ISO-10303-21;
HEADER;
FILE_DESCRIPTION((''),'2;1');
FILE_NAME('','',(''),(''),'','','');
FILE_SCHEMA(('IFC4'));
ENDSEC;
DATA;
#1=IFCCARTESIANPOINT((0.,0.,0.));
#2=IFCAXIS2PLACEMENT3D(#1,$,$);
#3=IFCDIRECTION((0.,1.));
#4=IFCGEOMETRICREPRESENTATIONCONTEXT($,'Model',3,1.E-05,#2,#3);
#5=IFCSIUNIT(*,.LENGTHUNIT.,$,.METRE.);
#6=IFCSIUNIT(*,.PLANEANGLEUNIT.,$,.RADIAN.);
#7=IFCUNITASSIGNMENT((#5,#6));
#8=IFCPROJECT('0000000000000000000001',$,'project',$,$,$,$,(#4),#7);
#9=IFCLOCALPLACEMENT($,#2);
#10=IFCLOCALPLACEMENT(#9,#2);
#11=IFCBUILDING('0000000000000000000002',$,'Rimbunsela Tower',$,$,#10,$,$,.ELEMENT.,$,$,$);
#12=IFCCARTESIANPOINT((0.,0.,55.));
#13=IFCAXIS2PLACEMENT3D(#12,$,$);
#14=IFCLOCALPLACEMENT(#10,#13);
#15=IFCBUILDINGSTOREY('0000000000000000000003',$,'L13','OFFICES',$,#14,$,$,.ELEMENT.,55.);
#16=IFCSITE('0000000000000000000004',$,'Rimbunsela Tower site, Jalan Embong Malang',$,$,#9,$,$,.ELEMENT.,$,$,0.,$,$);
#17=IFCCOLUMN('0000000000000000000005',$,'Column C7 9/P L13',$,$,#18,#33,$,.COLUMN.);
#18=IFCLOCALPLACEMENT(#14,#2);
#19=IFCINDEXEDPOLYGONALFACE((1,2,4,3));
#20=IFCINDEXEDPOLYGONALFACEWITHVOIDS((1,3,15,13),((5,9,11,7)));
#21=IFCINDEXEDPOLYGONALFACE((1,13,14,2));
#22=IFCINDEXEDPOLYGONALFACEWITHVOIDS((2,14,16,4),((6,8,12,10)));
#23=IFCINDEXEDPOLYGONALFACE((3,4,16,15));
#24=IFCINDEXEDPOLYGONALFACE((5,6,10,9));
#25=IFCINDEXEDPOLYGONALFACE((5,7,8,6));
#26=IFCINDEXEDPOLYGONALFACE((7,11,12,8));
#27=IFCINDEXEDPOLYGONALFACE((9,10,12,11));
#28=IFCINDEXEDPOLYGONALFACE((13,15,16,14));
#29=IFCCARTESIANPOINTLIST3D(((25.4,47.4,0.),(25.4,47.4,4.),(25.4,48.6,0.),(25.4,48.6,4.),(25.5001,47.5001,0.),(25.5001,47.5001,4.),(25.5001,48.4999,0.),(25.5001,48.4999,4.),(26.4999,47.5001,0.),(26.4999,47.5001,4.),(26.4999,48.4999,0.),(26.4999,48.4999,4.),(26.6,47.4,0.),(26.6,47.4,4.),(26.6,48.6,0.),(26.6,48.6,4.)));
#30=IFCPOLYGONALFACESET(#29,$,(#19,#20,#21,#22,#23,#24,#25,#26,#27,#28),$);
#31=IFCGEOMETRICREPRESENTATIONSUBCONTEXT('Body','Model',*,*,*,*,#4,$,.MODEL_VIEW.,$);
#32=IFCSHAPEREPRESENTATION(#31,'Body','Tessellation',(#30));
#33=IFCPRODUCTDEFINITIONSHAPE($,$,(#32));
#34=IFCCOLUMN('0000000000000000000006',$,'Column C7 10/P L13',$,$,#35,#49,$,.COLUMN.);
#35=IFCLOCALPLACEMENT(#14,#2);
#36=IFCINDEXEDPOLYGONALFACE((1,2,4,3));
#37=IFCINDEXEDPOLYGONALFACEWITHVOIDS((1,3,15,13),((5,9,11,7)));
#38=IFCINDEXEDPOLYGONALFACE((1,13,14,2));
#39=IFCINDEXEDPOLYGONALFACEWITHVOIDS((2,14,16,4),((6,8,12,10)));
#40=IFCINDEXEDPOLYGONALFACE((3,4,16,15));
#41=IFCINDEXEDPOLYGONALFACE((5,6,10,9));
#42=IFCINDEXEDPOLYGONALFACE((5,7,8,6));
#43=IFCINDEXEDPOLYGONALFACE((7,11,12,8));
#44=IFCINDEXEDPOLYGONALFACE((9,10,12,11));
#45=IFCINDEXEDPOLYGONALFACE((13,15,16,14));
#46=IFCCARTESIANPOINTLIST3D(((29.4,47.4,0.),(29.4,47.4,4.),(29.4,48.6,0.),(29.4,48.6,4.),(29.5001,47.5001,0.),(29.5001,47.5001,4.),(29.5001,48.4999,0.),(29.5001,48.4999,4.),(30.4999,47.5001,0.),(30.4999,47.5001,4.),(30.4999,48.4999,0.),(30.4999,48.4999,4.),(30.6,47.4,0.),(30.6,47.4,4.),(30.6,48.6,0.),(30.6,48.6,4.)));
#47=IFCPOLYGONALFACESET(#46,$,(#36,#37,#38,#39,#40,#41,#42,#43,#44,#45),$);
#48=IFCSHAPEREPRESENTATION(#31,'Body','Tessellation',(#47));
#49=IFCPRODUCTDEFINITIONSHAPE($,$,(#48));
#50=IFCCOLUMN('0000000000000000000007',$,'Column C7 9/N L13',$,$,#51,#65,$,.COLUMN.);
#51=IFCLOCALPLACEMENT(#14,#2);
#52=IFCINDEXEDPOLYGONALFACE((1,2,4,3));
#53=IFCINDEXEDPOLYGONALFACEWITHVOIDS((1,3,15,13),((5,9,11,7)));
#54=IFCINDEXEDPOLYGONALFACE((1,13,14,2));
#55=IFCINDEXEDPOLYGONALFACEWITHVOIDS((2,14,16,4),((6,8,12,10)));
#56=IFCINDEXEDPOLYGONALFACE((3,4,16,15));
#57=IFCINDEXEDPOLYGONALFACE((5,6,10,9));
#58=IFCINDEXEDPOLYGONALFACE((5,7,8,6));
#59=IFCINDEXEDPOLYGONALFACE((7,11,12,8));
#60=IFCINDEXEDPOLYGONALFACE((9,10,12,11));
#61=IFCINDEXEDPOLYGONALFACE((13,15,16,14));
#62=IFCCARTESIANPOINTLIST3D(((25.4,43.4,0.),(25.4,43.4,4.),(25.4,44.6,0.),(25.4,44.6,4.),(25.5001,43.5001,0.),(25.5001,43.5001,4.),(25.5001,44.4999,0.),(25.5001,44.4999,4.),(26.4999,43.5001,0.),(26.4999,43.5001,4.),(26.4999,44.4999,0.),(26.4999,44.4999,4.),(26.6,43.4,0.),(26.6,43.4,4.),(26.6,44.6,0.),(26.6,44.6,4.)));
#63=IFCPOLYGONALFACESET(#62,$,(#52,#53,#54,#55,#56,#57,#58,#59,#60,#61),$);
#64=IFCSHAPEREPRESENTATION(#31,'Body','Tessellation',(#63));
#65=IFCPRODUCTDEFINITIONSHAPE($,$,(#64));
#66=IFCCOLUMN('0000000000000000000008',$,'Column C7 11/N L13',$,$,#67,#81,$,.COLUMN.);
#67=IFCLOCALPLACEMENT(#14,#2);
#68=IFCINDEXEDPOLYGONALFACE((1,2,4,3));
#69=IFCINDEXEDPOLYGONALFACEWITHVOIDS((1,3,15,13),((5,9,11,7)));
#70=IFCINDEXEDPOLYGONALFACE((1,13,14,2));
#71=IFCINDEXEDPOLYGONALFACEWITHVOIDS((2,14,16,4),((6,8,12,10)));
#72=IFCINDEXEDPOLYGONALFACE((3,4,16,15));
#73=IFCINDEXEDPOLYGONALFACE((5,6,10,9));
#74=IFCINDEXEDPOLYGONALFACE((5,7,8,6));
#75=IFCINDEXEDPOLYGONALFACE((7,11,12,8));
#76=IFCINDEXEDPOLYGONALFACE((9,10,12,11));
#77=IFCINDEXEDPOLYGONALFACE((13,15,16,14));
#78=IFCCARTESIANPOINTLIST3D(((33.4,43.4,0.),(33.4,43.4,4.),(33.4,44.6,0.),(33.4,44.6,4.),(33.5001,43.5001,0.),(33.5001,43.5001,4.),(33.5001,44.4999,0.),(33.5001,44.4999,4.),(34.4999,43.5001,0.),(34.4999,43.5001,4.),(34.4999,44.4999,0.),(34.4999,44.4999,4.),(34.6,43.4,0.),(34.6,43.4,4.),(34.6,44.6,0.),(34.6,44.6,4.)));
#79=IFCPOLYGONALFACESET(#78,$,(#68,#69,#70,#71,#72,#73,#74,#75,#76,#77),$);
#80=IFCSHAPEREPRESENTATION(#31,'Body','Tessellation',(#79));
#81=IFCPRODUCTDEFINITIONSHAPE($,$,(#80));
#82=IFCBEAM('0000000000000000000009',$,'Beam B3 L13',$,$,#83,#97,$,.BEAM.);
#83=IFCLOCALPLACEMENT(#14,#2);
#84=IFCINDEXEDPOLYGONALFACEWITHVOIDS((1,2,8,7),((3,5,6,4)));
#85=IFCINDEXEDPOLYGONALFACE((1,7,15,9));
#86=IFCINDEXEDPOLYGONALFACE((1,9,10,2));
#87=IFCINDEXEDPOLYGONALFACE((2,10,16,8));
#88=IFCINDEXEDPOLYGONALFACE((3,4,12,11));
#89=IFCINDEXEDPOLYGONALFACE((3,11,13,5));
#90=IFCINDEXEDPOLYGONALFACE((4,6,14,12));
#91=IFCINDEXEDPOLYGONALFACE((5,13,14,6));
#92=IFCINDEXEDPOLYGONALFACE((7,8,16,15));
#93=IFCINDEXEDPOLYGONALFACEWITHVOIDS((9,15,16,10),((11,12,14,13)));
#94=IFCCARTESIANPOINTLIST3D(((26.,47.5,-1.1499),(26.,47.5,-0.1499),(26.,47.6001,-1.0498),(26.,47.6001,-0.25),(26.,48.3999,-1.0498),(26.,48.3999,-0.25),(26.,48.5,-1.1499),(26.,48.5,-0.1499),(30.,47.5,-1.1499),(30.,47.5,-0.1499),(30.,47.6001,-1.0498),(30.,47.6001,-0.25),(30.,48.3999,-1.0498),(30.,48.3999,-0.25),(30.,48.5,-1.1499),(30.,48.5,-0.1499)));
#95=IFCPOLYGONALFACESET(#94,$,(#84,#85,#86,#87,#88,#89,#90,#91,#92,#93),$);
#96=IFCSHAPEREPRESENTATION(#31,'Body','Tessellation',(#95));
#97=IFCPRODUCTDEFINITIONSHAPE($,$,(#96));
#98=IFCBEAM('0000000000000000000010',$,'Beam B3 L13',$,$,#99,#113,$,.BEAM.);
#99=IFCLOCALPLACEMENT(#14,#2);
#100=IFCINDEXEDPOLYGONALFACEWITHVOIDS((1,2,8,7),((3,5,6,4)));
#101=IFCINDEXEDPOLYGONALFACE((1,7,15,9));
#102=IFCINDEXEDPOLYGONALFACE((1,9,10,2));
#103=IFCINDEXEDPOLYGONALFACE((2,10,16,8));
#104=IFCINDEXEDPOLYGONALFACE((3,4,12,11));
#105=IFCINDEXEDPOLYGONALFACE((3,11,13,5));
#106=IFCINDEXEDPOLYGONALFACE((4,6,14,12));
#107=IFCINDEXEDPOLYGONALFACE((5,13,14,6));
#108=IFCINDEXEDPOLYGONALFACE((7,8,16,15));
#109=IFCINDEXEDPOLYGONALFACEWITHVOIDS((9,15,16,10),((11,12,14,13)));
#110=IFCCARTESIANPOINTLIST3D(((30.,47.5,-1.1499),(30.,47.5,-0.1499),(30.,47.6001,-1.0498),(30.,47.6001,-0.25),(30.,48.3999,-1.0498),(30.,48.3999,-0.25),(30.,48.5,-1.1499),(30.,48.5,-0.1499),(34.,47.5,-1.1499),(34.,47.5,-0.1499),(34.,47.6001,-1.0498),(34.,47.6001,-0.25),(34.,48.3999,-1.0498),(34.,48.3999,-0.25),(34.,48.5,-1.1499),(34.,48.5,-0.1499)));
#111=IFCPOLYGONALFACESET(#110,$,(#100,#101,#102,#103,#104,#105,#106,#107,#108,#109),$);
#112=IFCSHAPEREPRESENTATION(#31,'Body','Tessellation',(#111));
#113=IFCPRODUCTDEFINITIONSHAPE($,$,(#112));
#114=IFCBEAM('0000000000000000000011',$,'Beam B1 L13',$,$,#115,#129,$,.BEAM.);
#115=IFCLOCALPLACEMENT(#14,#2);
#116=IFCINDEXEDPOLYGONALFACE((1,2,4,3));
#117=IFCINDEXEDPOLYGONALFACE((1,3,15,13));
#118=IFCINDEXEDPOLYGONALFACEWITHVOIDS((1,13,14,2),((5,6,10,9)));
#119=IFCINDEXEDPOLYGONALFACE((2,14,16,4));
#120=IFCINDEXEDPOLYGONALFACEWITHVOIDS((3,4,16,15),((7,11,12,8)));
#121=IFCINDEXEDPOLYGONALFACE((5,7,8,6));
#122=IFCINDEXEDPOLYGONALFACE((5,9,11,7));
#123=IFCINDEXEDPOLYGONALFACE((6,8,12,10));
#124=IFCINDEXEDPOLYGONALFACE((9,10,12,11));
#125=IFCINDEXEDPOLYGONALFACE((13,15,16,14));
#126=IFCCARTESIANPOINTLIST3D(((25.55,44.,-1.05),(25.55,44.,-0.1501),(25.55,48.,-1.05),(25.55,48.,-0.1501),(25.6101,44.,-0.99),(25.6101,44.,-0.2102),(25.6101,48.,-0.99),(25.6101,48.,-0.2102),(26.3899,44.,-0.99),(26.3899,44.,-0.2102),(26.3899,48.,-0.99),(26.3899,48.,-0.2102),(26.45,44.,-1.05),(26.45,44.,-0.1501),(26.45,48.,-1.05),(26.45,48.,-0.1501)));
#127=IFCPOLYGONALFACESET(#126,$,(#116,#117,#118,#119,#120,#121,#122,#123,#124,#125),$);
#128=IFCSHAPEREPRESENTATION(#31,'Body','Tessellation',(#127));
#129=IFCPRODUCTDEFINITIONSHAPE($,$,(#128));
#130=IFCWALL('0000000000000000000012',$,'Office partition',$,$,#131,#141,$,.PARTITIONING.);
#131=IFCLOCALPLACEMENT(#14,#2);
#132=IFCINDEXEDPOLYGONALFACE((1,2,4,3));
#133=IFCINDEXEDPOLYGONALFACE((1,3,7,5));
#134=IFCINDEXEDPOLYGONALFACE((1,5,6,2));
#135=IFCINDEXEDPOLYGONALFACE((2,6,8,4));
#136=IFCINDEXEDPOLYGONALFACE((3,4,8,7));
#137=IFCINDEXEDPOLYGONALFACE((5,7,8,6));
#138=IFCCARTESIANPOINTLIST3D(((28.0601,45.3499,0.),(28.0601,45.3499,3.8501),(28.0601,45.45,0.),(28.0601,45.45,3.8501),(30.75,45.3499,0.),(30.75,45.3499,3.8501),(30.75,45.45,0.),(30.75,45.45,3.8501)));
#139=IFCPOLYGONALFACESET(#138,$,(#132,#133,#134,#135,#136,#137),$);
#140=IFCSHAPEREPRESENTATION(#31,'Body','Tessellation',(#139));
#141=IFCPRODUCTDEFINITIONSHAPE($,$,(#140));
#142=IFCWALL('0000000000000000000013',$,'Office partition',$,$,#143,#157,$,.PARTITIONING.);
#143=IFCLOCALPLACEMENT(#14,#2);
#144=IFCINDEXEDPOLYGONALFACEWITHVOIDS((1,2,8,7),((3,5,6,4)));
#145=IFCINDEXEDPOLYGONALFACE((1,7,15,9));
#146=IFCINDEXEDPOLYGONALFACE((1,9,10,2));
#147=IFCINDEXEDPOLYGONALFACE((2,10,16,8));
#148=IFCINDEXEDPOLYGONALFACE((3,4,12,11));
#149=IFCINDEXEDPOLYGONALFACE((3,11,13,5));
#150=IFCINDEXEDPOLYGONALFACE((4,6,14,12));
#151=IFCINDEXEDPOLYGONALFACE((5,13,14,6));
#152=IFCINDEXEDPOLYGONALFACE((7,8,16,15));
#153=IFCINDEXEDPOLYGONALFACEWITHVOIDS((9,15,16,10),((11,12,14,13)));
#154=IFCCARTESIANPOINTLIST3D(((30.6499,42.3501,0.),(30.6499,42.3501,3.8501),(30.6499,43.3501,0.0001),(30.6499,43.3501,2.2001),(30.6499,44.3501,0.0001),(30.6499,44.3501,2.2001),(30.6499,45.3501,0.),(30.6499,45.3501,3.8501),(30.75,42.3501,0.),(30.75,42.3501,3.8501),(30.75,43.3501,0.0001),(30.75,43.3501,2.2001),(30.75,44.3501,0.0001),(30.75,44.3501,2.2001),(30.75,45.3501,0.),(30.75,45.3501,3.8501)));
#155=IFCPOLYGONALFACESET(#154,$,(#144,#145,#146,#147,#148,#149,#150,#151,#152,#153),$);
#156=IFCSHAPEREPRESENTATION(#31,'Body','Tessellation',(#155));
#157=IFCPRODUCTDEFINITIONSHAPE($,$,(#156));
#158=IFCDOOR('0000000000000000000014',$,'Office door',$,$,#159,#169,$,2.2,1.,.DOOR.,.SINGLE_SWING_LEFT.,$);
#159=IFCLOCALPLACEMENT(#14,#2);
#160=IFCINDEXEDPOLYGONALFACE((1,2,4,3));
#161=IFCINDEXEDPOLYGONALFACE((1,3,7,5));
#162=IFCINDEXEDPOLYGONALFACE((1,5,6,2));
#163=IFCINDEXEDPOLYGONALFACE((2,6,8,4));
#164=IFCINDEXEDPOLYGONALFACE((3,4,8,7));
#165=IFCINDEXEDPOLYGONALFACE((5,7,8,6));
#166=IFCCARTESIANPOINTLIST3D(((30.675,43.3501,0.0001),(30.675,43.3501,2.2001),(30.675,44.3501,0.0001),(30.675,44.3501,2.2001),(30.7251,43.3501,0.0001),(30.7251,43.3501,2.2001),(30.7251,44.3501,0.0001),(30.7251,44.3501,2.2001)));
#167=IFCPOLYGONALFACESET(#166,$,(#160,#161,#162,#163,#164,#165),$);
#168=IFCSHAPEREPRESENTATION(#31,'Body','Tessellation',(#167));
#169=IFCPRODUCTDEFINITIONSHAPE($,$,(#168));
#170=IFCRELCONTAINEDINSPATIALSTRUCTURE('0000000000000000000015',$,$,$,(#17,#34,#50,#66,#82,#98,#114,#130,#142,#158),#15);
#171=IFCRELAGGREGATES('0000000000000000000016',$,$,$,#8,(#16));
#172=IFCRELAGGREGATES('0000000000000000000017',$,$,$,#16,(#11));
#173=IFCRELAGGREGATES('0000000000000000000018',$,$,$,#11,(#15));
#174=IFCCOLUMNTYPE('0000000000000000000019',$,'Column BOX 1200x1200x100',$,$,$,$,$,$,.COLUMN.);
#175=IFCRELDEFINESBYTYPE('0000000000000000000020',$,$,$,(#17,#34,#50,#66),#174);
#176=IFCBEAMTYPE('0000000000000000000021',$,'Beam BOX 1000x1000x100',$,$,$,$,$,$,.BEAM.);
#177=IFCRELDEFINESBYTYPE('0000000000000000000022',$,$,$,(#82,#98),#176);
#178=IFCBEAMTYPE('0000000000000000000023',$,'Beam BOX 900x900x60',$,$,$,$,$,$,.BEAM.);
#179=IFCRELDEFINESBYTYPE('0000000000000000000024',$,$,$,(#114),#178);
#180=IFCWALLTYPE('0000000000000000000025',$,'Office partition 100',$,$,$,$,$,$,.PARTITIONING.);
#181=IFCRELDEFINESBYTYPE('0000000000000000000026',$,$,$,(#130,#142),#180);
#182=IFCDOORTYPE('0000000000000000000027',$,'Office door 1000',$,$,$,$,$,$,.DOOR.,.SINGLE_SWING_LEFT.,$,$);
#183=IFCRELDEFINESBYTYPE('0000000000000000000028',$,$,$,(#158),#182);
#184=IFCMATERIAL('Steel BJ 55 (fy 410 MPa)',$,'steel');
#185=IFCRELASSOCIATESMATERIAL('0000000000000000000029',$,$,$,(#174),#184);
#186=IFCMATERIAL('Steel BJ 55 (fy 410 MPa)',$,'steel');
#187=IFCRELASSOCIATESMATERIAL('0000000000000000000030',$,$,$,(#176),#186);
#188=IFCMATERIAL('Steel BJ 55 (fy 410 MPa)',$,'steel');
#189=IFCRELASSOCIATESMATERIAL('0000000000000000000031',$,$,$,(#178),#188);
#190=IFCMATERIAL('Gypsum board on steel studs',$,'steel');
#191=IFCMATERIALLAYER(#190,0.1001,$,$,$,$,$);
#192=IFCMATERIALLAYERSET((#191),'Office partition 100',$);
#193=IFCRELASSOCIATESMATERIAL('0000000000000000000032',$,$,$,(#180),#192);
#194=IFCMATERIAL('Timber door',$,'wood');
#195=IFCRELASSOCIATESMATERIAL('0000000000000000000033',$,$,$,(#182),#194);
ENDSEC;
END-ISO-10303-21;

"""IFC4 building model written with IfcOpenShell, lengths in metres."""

from ifc_helpers import new_model, si_unit, direction, frame, frame_2d, origin, origin_2d, place, context, subcontext, project, spatial, rectangle, hollow_rectangle, extrude, material, layer, layer_set, material_profile, profile_set, type_object, element, fill, save


model = new_model("IFC4")

# Units and contexts
model_context = context("Model", 3, precision=1e-05, world=origin(), true_north=direction((0.0, 1.0)))
body_context = subcontext(model_context, "Body", "Model", "MODEL_VIEW")
ifc_project = project(units=[si_unit("LENGTHUNIT", "METRE"), si_unit("PLANEANGLEUNIT", "RADIAN")], contexts=[model_context])

# Site, building, storey
site_placement = place(None, origin())
site = spatial("IfcSite", under=ifc_project, at=site_placement, Name="Rimbunsela Tower site, Jalan Embong Malang", CompositionType="ELEMENT", RefElevation=0.0)
building_placement = place(site_placement, origin())
building = spatial("IfcBuilding", under=site, at=building_placement, Name="Rimbunsela Tower", CompositionType="ELEMENT")
storey_placement = place(building_placement, frame((0.0, 0.0, 55.0)))
storey = spatial("IfcBuildingStorey", under=building, at=storey_placement, Name="L13", Description="OFFICES", CompositionType="ELEMENT", Elevation=55.0)

# Columns
ifc_material_1 = material(Name="Steel BJ 55 (fy 410 MPa)", Category="steel")
ifc_material_profile_1 = material_profile(ifc_material_1, hollow_rectangle(XDim=1.2, YDim=1.2, WallThickness=0.1001, at=origin_2d()), Name="BOX 1200x1200x100")
ifc_profile_set_1 = profile_set([ifc_material_profile_1], Name="Steel BJ 55 (fy 410 MPa)")
column_type = type_object("IfcColumnType", Name="Column BOX 1200x1200x100", PredefinedType="COLUMN", material=ifc_profile_set_1)
for number, where, z_axis, x_axis, name in (
    (1, (26.0, 48.0, 0.0), (0.0, 0.0, 1.0), (1.0, 0.0, 0.0), "Column C7 9/P L13"),
    (2, (30.0, 48.0, 0.0), (0.0, 0.0, 1.0), (1.0, 0.0, 0.0), "Column C7 10/P L13"),
    (3, (26.0, 44.0, 0.0), (0.0, 0.0, 1.0), (1.0, 0.0, 0.0), "Column C7 9/N L13"),
    (4, (34.0, 44.0, 0.0), (0.0, 0.0, 1.0), (1.0, 0.0, 0.0), "Column C7 11/N L13"),
):
    element("IfcColumn", number, at=place(storey_placement, frame(where, z_axis=z_axis, x_axis=x_axis)), inside=storey, type_object=column_type, Name=name, PredefinedType="COLUMN", context=body_context, shape_type="SweptSolid", body=[
        extrude(hollow_rectangle(XDim=1.2, YDim=1.2, WallThickness=0.1001, at=origin_2d()), origin(), (0.0, 0.0, 1.0), 4.0),
    ])

# Beams
ifc_material_2 = material(Name="Steel BJ 55 (fy 410 MPa)", Category="steel")
ifc_material_profile_2 = material_profile(ifc_material_2, hollow_rectangle(XDim=1.0, YDim=1.0, WallThickness=0.1001, at=origin_2d()), Name="BOX 1000x1000x100")
ifc_profile_set_2 = profile_set([ifc_material_profile_2], Name="Steel BJ 55 (fy 410 MPa)")
beam_type_1 = type_object("IfcBeamType", Name="Beam BOX 1000x1000x100", PredefinedType="BEAM", material=ifc_profile_set_2)
for number, where, z_axis, x_axis, name in (
    (5, (26.0, 48.0, -0.6499), (1.0, 0.0, 0.0), (0.0, 1.0, 0.0), "Beam B3 L13"),
    (6, (30.0, 48.0, -0.6499), (1.0, 0.0, 0.0), (0.0, 1.0, 0.0), "Beam B3 L13"),
):
    element("IfcBeam", number, at=place(storey_placement, frame(where, z_axis=z_axis, x_axis=x_axis)), inside=storey, type_object=beam_type_1, Name=name, PredefinedType="BEAM", context=body_context, shape_type="SweptSolid", body=[
        extrude(hollow_rectangle(XDim=1.0, YDim=1.0, WallThickness=0.1001, at=origin_2d()), origin(), (0.0, 0.0, 1.0), 4.0),
    ])
ifc_material_3 = material(Name="Steel BJ 55 (fy 410 MPa)", Category="steel")
ifc_material_profile_3 = material_profile(ifc_material_3, hollow_rectangle(XDim=0.8999, YDim=0.8999, WallThickness=0.0601, at=origin_2d()), Name="BOX 900x900x60")
ifc_profile_set_3 = profile_set([ifc_material_profile_3], Name="Steel BJ 55 (fy 410 MPa)")
beam_type_2 = type_object("IfcBeamType", Name="Beam BOX 900x900x60", PredefinedType="BEAM", material=ifc_profile_set_3)
beam_placement = place(storey_placement, frame((26.0, 44.0, -0.6001), z_axis=(0.0, 1.0, 0.0), x_axis=(-1.0, 0.0, 0.0)))
element("IfcBeam", 7, at=beam_placement, inside=storey, type_object=beam_type_2, Name="Beam B1 L13", PredefinedType="BEAM", context=body_context, shape_type="SweptSolid", body=[
    extrude(hollow_rectangle(XDim=0.8999, YDim=0.8999, WallThickness=0.0601, at=origin_2d()), origin(), (0.0, 0.0, 1.0), 4.0),
])

# Wall
ifc_material_4 = material(Name="Gypsum board on steel studs", Category="steel")
ifc_layer_1 = layer(ifc_material_4, 0.1001)
ifc_layer_set_1 = layer_set([ifc_layer_1], Name="Office partition 100")
wall_type_1 = type_object("IfcWallType", Name="Office partition 100", PredefinedType="PARTITIONING", material=ifc_layer_set_1)
wall_1_placement = place(storey_placement, frame((28.0601, 45.3999, 0.0), z_axis=(0.0, 0.0, 1.0), x_axis=(1.0, 0.0, 0.0)))
element("IfcWall", 8, at=wall_1_placement, inside=storey, type_object=wall_type_1, Name="Office partition", PredefinedType="PARTITIONING", context=body_context, shape_type="SweptSolid", body=[
    extrude(rectangle(XDim=2.6899, YDim=0.1001, at=frame_2d((1.345, 0.0))), origin(), (0.0, 0.0, 1.0), 3.8501),
])

# Wall, opening, door
wall_2_placement = place(storey_placement, frame((30.7, 42.3501, 0.0), z_axis=(0.0, 0.0, 1.0), x_axis=(0.0, 1.0, 0.0)))
wall_2 = element("IfcWall", 9, at=wall_2_placement, inside=storey, type_object=wall_type_1, Name="Office partition", PredefinedType="PARTITIONING", context=body_context, shape_type="SweptSolid", body=[
    extrude(rectangle(XDim=3.0, YDim=0.1001, at=frame_2d((1.5, 0.0))), origin(), (0.0, 0.0, 1.0), 3.8501),
])
opening_1_placement = place(wall_2_placement, frame((1.0, 0.0, 0.0)))
opening_1 = element("IfcOpeningElement", 10, at=opening_1_placement, cuts=wall_2, PredefinedType="OPENING", context=body_context, shape_type="SweptSolid", body=[
    extrude(rectangle(XDim=1.0, YDim=2.2, at=frame_2d((0.5, 1.1001))), frame((0.0, 0.0601, 0.0), z_axis=(0.0, -1.0, 0.0), x_axis=(1.0, 0.0, 0.0)), (0.0, 0.0, 1.0), 0.1201),
])
ifc_material_5 = material(Name="Timber door", Category="wood")
door_type = type_object("IfcDoorType", Name="Office door 1000", OperationType="SINGLE_SWING_LEFT", PredefinedType="DOOR", material=ifc_material_5)
door_placement = place(opening_1_placement, origin())
door = element("IfcDoor", 11, at=door_placement, inside=storey, type_object=door_type, Name="Office door", OperationType="SINGLE_SWING_LEFT", OverallHeight=2.2, OverallWidth=1.0, PredefinedType="DOOR", context=body_context, shape_type="SweptSolid", body=[
    extrude(rectangle(XDim=1.0, YDim=2.2, at=frame_2d((0.5, 1.1001))), frame((0.0, 0.0249, 0.0), z_axis=(0.0, -1.0, 0.0), x_axis=(1.0, 0.0, 0.0)), (0.0, 0.0, 1.0), 0.05),
])
fill(opening_1, door)

save(model, "model.ifc")
